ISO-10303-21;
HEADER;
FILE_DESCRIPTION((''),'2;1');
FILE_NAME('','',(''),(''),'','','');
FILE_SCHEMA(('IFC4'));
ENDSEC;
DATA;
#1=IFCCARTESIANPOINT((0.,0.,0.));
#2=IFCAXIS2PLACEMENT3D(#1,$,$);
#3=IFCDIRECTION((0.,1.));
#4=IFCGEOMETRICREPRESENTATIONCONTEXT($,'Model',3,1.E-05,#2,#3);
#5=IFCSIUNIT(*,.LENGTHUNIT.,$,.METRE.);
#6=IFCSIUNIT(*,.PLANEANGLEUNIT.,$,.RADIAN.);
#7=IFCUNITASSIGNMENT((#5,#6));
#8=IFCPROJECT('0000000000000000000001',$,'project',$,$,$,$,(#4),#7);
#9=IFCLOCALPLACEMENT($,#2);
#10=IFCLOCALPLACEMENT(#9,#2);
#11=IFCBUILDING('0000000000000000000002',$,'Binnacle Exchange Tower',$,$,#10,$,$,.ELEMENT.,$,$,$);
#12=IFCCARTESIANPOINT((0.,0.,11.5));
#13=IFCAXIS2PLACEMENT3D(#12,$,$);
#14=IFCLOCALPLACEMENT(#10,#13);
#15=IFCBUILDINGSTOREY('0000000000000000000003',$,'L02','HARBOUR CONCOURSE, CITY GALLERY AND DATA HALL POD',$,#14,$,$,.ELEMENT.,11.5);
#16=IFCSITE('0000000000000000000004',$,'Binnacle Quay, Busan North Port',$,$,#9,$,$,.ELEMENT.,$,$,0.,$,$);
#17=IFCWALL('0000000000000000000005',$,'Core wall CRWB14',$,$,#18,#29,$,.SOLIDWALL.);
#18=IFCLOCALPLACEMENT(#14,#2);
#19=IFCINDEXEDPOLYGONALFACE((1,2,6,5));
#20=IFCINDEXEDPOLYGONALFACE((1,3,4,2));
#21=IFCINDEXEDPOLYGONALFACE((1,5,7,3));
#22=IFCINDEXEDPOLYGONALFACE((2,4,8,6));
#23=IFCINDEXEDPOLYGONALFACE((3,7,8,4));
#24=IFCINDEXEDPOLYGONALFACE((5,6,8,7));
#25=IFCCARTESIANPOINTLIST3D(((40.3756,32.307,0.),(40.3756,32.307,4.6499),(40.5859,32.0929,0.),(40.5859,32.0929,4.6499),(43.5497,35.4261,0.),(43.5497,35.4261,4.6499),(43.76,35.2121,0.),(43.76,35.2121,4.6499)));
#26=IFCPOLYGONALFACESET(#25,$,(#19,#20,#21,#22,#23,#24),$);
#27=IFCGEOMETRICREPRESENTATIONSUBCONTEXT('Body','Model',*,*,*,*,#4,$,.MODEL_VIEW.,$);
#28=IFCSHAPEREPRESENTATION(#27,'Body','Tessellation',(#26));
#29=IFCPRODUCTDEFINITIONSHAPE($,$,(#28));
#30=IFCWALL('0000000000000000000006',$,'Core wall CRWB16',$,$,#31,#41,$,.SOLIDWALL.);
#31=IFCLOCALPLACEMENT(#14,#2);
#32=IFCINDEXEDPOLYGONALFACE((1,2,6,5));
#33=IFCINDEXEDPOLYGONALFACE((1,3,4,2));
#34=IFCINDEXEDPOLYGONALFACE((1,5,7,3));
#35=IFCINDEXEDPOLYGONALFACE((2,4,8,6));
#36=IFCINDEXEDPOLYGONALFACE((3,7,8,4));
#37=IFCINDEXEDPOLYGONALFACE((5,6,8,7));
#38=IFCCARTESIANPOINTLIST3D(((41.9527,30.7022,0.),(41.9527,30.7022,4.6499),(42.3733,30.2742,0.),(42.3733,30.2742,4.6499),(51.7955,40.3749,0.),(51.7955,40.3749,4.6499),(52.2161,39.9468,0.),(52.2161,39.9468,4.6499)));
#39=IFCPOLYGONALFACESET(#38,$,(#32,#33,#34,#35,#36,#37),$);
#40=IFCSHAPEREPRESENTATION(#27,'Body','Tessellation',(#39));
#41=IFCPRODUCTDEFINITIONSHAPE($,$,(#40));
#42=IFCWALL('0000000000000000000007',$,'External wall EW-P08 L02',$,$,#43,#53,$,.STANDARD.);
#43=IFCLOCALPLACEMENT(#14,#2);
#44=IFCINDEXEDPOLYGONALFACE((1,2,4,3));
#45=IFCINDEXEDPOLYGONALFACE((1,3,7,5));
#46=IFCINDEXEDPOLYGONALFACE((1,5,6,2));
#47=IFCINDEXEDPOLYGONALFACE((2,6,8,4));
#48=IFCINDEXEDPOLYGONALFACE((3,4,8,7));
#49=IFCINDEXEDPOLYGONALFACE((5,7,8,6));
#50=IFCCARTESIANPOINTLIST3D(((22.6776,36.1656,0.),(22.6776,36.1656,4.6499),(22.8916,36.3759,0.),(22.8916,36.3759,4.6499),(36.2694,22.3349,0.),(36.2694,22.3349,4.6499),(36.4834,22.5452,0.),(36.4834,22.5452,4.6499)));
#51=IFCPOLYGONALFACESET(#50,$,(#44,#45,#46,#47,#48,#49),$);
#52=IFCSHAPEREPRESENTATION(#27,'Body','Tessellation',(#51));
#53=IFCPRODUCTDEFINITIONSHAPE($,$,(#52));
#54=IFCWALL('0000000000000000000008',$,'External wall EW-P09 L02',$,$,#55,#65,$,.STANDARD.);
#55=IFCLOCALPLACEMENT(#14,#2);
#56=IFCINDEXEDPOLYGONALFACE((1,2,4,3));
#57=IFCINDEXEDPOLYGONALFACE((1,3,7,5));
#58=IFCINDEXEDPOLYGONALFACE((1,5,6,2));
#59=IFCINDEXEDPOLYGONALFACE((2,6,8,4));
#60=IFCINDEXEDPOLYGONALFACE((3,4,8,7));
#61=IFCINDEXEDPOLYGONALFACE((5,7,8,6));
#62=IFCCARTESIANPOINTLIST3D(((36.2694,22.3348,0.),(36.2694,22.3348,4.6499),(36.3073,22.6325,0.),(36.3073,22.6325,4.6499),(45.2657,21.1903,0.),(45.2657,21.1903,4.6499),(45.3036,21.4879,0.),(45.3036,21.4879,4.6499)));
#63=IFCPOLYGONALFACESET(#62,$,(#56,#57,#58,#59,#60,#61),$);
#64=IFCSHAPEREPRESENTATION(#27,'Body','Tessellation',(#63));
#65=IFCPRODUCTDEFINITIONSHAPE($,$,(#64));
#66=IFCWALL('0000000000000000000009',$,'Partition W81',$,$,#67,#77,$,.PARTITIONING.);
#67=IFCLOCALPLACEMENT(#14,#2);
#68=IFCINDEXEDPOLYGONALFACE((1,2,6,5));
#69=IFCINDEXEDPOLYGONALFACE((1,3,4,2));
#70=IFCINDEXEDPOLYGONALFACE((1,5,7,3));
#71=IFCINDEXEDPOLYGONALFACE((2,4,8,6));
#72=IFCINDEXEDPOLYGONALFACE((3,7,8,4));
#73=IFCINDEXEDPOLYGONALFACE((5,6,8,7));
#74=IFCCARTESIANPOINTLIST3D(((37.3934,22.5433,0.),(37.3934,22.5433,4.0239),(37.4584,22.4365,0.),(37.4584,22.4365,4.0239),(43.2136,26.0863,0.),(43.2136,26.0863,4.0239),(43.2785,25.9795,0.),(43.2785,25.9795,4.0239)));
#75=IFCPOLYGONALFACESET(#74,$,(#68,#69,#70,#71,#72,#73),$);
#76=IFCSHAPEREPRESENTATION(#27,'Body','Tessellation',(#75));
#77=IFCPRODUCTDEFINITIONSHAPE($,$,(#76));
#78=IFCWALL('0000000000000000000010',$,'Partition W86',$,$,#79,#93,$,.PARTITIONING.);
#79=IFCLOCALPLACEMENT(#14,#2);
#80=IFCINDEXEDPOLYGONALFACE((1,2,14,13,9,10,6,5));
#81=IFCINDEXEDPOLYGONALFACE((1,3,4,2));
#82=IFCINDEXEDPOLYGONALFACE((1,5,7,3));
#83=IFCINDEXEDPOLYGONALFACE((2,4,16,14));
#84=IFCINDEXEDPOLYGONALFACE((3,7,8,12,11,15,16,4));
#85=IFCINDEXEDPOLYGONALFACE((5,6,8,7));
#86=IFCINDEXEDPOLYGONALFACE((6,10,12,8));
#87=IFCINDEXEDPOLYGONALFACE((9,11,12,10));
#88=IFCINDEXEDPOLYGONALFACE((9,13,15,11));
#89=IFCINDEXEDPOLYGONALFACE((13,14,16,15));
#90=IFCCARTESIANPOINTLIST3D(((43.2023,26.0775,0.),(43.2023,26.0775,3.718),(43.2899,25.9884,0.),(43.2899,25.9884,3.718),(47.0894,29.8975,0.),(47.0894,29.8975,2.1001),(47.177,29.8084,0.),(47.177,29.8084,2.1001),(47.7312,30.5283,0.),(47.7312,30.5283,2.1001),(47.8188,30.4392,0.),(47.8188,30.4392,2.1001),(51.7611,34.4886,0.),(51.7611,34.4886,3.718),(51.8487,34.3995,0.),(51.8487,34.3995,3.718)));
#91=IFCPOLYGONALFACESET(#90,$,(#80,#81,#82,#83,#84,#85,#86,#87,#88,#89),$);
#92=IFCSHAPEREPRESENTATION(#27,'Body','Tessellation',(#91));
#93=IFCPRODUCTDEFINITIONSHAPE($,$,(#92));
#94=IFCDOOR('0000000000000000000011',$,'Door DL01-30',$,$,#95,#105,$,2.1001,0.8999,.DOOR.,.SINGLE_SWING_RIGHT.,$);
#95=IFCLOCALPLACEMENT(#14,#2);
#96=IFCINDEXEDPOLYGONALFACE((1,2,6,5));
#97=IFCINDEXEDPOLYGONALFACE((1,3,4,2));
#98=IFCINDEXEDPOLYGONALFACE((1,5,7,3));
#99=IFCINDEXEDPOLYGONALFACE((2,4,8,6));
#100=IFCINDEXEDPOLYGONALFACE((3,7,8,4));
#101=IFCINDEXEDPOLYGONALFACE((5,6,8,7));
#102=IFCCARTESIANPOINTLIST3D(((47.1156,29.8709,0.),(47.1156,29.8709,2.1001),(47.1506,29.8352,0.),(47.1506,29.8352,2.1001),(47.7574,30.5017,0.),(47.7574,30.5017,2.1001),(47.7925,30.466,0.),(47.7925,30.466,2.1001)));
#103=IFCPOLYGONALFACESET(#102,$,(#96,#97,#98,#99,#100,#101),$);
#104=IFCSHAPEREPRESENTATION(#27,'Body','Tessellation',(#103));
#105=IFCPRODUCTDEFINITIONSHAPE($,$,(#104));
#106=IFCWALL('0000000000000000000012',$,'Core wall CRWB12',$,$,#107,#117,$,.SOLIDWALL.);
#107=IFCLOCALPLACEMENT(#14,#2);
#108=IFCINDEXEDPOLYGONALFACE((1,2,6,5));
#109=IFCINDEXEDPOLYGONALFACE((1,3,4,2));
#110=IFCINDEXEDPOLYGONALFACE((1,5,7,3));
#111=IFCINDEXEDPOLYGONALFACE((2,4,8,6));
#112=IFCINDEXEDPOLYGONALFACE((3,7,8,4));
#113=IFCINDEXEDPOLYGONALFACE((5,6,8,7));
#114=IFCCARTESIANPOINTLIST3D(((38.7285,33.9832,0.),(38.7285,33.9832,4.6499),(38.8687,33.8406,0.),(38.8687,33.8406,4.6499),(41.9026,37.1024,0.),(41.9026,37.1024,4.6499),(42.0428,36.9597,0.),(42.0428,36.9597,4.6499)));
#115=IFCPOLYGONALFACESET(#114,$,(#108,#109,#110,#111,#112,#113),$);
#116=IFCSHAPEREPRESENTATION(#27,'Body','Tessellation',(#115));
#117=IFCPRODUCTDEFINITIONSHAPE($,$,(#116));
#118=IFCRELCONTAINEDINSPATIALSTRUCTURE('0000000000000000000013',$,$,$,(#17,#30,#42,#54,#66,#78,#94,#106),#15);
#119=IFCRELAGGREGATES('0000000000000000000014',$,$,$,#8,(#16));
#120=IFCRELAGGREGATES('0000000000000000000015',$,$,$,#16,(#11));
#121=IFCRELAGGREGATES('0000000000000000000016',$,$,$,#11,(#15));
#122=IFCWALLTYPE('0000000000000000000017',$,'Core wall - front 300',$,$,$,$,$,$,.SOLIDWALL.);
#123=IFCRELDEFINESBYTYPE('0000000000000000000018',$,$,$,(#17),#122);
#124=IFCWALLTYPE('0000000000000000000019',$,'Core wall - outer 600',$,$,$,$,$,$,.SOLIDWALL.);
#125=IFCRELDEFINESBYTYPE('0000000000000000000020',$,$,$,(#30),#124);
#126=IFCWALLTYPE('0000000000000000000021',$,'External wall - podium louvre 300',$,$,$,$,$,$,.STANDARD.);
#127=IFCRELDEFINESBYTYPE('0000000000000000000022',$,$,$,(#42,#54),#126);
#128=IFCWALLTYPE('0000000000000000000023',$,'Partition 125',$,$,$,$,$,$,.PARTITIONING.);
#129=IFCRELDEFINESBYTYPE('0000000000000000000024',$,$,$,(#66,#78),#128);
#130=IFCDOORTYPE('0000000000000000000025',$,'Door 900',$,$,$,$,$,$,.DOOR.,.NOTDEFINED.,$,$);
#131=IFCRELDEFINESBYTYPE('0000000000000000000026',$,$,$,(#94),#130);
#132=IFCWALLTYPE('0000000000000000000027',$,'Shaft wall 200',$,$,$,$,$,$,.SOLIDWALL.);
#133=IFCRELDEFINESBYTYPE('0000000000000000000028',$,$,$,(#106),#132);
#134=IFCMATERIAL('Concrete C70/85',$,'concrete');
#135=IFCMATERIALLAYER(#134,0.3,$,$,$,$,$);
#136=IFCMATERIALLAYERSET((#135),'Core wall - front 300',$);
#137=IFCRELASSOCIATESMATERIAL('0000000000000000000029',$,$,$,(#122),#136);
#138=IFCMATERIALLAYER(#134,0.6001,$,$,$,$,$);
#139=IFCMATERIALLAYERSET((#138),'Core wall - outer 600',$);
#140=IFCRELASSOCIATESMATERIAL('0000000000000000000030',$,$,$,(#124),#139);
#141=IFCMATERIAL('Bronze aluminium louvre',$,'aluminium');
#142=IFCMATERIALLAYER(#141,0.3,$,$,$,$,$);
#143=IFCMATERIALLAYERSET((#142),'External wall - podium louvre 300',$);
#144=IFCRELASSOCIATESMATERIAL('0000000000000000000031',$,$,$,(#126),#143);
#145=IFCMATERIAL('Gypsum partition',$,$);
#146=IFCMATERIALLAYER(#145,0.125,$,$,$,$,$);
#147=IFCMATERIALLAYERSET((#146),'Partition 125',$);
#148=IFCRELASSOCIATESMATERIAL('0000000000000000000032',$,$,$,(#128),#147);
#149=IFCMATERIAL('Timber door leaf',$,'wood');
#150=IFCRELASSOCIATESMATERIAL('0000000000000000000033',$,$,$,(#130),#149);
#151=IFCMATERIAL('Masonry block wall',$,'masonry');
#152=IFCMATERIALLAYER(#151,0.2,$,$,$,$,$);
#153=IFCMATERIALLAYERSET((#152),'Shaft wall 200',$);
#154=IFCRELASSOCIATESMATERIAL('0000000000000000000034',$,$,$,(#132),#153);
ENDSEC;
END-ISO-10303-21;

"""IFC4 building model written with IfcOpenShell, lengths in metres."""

from ifc_helpers import new_model, si_unit, direction, frame, frame_2d, origin, place, context, subcontext, project, spatial, rectangle, extrude, material, layer, layer_set, type_object, element, fill, save


model = new_model("IFC4")

# Units and contexts
model_context = context("Model", 3, precision=1e-05, world=origin(), true_north=direction((0.0, 1.0)))
body_context = subcontext(model_context, "Body", "Model", "MODEL_VIEW")
ifc_project = project(units=[si_unit("LENGTHUNIT", "METRE"), si_unit("PLANEANGLEUNIT", "RADIAN")], contexts=[model_context])

# Site, building, storey
site_placement = place(None, origin())
site = spatial("IfcSite", under=ifc_project, at=site_placement, Name="Binnacle Quay, Busan North Port", CompositionType="ELEMENT", RefElevation=0.0)
building_placement = place(site_placement, origin())
building = spatial("IfcBuilding", under=site, at=building_placement, Name="Binnacle Exchange Tower", CompositionType="ELEMENT")
storey_placement = place(building_placement, frame((0.0, 0.0, 11.5)))
storey = spatial("IfcBuildingStorey", under=building, at=storey_placement, Name="L02", Description="HARBOUR CONCOURSE, CITY GALLERY AND DATA HALL POD", CompositionType="ELEMENT", Elevation=11.5)

# Shared definitions
ifc_material_1 = material(Name="Concrete C70/85", Category="concrete")

# Walls
ifc_layer_1 = layer(ifc_material_1, 0.3)
ifc_layer_set_1 = layer_set([ifc_layer_1], Name="Core wall - front 300")
wall_type_1 = type_object("IfcWallType", Name="Core wall - front 300", PredefinedType="SOLIDWALL", material=ifc_layer_set_1)
wall_1_placement = place(storey_placement, frame((40.4807, 32.2, 0.0), z_axis=(0.0, 0.0, 1.0), x_axis=(0.713252, 0.700908, 0.0)))
element("IfcWall", 1, at=wall_1_placement, inside=storey, type_object=wall_type_1, Name="Core wall CRWB14", PredefinedType="SOLIDWALL", context=body_context, shape_type="SweptSolid", body=[
    extrude(rectangle(XDim=4.4502, YDim=0.3, at=frame_2d((2.2251, 0.0))), origin(), (0.0, 0.0, 1.0), 4.6499),
])
ifc_layer_2 = layer(ifc_material_1, 0.6001)
ifc_layer_set_2 = layer_set([ifc_layer_2], Name="Core wall - outer 600")
wall_type_2 = type_object("IfcWallType", Name="Core wall - outer 600", PredefinedType="SOLIDWALL", material=ifc_layer_set_2)
wall_2_placement = place(storey_placement, frame((42.1631, 30.4883, 0.0), z_axis=(0.0, 0.0, 1.0), x_axis=(0.713245, 0.700914, 0.0)))
element("IfcWall", 2, at=wall_2_placement, inside=storey, type_object=wall_type_2, Name="Core wall CRWB16", PredefinedType="SOLIDWALL", context=body_context, shape_type="SweptSolid", body=[
    extrude(rectangle(XDim=13.8, YDim=0.6001, at=frame_2d((6.8999, 0.0))), origin(), (0.0, 0.0, 1.0), 4.6499),
])
ifc_material_2 = material(Name="Bronze aluminium louvre", Category="aluminium")
ifc_layer_3 = layer(ifc_material_2, 0.3)
ifc_layer_set_3 = layer_set([ifc_layer_3], Name="External wall - podium louvre 300")
wall_type_3 = type_object("IfcWallType", Name="External wall - podium louvre 300", PredefinedType="STANDARD", material=ifc_layer_set_3)
wall_3_placement = place(storey_placement, frame((36.3765, 22.4399, 0.0), z_axis=(0.0, 0.0, 1.0), x_axis=(-0.700917, 0.713243, 0.0)))
element("IfcWall", 3, at=wall_3_placement, inside=storey, type_object=wall_type_3, Name="External wall EW-P08 L02", PredefinedType="STANDARD", context=body_context, shape_type="SweptSolid", body=[
    extrude(rectangle(XDim=19.3914, YDim=0.3, at=frame_2d((9.6958, 0.0))), origin(), (0.0, 0.0, 1.0), 4.6499),
])
wall_4_placement = place(storey_placement, frame((45.2847, 21.3391, 0.0), z_axis=(0.0, 0.0, 1.0), x_axis=(-0.992004, 0.126205, 0.0)))
element("IfcWall", 4, at=wall_4_placement, inside=storey, type_object=wall_type_3, Name="External wall EW-P09 L02", PredefinedType="STANDARD", context=body_context, shape_type="SweptSolid", body=[
    extrude(rectangle(XDim=9.0688, YDim=0.3, at=frame_2d((4.5344, 0.0))), origin(), (0.0, 0.0, 1.0), 4.6499),
])
ifc_material_3 = material(Name="Gypsum partition")
ifc_layer_4 = layer(ifc_material_3, 0.125)
ifc_layer_set_4 = layer_set([ifc_layer_4], Name="Partition 125")
wall_type_4 = type_object("IfcWallType", Name="Partition 125", PredefinedType="PARTITIONING", material=ifc_layer_set_4)
wall_5_placement = place(storey_placement, frame((37.426, 22.49, 0.0), z_axis=(0.0, 0.0, 1.0), x_axis=(0.854178, 0.519981, 0.0)))
element("IfcWall", 5, at=wall_5_placement, inside=storey, type_object=wall_type_4, Name="Partition W81", PredefinedType="PARTITIONING", context=body_context, shape_type="SweptSolid", body=[
    extrude(rectangle(XDim=6.8137, YDim=0.125, at=frame_2d((3.4067, 0.0))), origin(), (0.0, 0.0, 1.0), 4.0239),
])

# Wall, opening, door
wall_6_placement = place(storey_placement, frame((43.2461, 26.033, 0.0), z_axis=(0.0, 0.0, 1.0), x_axis=(0.713234, 0.700926, 0.0)))
wall_6 = element("IfcWall", 6, at=wall_6_placement, inside=storey, type_object=wall_type_4, Name="Partition W86", PredefinedType="PARTITIONING", context=body_context, shape_type="SweptSolid", body=[
    extrude(rectangle(XDim=12.0, YDim=0.125, at=frame_2d((6.0, 0.0))), origin(), (0.0, 0.0, 1.0), 3.718),
])
opening_placement = place(wall_6_placement, frame((5.45, 0.0, 0.0)))
opening = element("IfcOpeningElement", 7, at=opening_placement, cuts=wall_6, PredefinedType="OPENING", context=body_context, shape_type="SweptSolid", body=[
    extrude(rectangle(XDim=0.8999, YDim=2.1001, at=frame_2d((0.45, 1.05))), frame((0.0, 0.0725, 0.0), z_axis=(0.0, -1.0, 0.0), x_axis=(1.0, 0.0, 0.0)), (0.0, 0.0, 1.0), 0.145),
])
ifc_material_4 = material(Name="Timber door leaf", Category="wood")
door_type = type_object("IfcDoorType", Name="Door 900", OperationType="NOTDEFINED", PredefinedType="DOOR", material=ifc_material_4)
door_placement = place(opening_placement, frame((0.8999, 0.0, 0.0), z_axis=(0.0, 0.0, 1.0), x_axis=(-1.0, 0.0, 0.0)))
door = element("IfcDoor", 8, at=door_placement, inside=storey, type_object=door_type, Name="Door DL01-30", OperationType="SINGLE_SWING_RIGHT", OverallHeight=2.1001, OverallWidth=0.8999, PredefinedType="DOOR", context=body_context, shape_type="SweptSolid", body=[
    extrude(rectangle(XDim=0.8999, YDim=2.1001, at=frame_2d((0.45, 1.05))), frame((0.0, 0.0249, 0.0), z_axis=(0.0, -1.0, 0.0), x_axis=(1.0, 0.0, 0.0)), (0.0, 0.0, 1.0), 0.05),
])
fill(opening, door)

# Wall
ifc_material_5 = material(Name="Masonry block wall", Category="masonry")
ifc_layer_5 = layer(ifc_material_5, 0.2)
ifc_layer_set_5 = layer_set([ifc_layer_5], Name="Shaft wall 200")
wall_type_5 = type_object("IfcWallType", Name="Shaft wall 200", PredefinedType="SOLIDWALL", material=ifc_layer_set_5)
wall_7_placement = place(storey_placement, frame((38.7986, 33.9119, 0.0), z_axis=(0.0, 0.0, 1.0), x_axis=(0.713252, 0.700908, 0.0)))
element("IfcWall", 9, at=wall_7_placement, inside=storey, type_object=wall_type_5, Name="Core wall CRWB12", PredefinedType="SOLIDWALL", context=body_context, shape_type="SweptSolid", body=[
    extrude(rectangle(XDim=4.4502, YDim=0.2, at=frame_2d((2.2251, 0.0))), origin(), (0.0, 0.0, 1.0), 4.6499),
])

save(model, "model.ifc")
